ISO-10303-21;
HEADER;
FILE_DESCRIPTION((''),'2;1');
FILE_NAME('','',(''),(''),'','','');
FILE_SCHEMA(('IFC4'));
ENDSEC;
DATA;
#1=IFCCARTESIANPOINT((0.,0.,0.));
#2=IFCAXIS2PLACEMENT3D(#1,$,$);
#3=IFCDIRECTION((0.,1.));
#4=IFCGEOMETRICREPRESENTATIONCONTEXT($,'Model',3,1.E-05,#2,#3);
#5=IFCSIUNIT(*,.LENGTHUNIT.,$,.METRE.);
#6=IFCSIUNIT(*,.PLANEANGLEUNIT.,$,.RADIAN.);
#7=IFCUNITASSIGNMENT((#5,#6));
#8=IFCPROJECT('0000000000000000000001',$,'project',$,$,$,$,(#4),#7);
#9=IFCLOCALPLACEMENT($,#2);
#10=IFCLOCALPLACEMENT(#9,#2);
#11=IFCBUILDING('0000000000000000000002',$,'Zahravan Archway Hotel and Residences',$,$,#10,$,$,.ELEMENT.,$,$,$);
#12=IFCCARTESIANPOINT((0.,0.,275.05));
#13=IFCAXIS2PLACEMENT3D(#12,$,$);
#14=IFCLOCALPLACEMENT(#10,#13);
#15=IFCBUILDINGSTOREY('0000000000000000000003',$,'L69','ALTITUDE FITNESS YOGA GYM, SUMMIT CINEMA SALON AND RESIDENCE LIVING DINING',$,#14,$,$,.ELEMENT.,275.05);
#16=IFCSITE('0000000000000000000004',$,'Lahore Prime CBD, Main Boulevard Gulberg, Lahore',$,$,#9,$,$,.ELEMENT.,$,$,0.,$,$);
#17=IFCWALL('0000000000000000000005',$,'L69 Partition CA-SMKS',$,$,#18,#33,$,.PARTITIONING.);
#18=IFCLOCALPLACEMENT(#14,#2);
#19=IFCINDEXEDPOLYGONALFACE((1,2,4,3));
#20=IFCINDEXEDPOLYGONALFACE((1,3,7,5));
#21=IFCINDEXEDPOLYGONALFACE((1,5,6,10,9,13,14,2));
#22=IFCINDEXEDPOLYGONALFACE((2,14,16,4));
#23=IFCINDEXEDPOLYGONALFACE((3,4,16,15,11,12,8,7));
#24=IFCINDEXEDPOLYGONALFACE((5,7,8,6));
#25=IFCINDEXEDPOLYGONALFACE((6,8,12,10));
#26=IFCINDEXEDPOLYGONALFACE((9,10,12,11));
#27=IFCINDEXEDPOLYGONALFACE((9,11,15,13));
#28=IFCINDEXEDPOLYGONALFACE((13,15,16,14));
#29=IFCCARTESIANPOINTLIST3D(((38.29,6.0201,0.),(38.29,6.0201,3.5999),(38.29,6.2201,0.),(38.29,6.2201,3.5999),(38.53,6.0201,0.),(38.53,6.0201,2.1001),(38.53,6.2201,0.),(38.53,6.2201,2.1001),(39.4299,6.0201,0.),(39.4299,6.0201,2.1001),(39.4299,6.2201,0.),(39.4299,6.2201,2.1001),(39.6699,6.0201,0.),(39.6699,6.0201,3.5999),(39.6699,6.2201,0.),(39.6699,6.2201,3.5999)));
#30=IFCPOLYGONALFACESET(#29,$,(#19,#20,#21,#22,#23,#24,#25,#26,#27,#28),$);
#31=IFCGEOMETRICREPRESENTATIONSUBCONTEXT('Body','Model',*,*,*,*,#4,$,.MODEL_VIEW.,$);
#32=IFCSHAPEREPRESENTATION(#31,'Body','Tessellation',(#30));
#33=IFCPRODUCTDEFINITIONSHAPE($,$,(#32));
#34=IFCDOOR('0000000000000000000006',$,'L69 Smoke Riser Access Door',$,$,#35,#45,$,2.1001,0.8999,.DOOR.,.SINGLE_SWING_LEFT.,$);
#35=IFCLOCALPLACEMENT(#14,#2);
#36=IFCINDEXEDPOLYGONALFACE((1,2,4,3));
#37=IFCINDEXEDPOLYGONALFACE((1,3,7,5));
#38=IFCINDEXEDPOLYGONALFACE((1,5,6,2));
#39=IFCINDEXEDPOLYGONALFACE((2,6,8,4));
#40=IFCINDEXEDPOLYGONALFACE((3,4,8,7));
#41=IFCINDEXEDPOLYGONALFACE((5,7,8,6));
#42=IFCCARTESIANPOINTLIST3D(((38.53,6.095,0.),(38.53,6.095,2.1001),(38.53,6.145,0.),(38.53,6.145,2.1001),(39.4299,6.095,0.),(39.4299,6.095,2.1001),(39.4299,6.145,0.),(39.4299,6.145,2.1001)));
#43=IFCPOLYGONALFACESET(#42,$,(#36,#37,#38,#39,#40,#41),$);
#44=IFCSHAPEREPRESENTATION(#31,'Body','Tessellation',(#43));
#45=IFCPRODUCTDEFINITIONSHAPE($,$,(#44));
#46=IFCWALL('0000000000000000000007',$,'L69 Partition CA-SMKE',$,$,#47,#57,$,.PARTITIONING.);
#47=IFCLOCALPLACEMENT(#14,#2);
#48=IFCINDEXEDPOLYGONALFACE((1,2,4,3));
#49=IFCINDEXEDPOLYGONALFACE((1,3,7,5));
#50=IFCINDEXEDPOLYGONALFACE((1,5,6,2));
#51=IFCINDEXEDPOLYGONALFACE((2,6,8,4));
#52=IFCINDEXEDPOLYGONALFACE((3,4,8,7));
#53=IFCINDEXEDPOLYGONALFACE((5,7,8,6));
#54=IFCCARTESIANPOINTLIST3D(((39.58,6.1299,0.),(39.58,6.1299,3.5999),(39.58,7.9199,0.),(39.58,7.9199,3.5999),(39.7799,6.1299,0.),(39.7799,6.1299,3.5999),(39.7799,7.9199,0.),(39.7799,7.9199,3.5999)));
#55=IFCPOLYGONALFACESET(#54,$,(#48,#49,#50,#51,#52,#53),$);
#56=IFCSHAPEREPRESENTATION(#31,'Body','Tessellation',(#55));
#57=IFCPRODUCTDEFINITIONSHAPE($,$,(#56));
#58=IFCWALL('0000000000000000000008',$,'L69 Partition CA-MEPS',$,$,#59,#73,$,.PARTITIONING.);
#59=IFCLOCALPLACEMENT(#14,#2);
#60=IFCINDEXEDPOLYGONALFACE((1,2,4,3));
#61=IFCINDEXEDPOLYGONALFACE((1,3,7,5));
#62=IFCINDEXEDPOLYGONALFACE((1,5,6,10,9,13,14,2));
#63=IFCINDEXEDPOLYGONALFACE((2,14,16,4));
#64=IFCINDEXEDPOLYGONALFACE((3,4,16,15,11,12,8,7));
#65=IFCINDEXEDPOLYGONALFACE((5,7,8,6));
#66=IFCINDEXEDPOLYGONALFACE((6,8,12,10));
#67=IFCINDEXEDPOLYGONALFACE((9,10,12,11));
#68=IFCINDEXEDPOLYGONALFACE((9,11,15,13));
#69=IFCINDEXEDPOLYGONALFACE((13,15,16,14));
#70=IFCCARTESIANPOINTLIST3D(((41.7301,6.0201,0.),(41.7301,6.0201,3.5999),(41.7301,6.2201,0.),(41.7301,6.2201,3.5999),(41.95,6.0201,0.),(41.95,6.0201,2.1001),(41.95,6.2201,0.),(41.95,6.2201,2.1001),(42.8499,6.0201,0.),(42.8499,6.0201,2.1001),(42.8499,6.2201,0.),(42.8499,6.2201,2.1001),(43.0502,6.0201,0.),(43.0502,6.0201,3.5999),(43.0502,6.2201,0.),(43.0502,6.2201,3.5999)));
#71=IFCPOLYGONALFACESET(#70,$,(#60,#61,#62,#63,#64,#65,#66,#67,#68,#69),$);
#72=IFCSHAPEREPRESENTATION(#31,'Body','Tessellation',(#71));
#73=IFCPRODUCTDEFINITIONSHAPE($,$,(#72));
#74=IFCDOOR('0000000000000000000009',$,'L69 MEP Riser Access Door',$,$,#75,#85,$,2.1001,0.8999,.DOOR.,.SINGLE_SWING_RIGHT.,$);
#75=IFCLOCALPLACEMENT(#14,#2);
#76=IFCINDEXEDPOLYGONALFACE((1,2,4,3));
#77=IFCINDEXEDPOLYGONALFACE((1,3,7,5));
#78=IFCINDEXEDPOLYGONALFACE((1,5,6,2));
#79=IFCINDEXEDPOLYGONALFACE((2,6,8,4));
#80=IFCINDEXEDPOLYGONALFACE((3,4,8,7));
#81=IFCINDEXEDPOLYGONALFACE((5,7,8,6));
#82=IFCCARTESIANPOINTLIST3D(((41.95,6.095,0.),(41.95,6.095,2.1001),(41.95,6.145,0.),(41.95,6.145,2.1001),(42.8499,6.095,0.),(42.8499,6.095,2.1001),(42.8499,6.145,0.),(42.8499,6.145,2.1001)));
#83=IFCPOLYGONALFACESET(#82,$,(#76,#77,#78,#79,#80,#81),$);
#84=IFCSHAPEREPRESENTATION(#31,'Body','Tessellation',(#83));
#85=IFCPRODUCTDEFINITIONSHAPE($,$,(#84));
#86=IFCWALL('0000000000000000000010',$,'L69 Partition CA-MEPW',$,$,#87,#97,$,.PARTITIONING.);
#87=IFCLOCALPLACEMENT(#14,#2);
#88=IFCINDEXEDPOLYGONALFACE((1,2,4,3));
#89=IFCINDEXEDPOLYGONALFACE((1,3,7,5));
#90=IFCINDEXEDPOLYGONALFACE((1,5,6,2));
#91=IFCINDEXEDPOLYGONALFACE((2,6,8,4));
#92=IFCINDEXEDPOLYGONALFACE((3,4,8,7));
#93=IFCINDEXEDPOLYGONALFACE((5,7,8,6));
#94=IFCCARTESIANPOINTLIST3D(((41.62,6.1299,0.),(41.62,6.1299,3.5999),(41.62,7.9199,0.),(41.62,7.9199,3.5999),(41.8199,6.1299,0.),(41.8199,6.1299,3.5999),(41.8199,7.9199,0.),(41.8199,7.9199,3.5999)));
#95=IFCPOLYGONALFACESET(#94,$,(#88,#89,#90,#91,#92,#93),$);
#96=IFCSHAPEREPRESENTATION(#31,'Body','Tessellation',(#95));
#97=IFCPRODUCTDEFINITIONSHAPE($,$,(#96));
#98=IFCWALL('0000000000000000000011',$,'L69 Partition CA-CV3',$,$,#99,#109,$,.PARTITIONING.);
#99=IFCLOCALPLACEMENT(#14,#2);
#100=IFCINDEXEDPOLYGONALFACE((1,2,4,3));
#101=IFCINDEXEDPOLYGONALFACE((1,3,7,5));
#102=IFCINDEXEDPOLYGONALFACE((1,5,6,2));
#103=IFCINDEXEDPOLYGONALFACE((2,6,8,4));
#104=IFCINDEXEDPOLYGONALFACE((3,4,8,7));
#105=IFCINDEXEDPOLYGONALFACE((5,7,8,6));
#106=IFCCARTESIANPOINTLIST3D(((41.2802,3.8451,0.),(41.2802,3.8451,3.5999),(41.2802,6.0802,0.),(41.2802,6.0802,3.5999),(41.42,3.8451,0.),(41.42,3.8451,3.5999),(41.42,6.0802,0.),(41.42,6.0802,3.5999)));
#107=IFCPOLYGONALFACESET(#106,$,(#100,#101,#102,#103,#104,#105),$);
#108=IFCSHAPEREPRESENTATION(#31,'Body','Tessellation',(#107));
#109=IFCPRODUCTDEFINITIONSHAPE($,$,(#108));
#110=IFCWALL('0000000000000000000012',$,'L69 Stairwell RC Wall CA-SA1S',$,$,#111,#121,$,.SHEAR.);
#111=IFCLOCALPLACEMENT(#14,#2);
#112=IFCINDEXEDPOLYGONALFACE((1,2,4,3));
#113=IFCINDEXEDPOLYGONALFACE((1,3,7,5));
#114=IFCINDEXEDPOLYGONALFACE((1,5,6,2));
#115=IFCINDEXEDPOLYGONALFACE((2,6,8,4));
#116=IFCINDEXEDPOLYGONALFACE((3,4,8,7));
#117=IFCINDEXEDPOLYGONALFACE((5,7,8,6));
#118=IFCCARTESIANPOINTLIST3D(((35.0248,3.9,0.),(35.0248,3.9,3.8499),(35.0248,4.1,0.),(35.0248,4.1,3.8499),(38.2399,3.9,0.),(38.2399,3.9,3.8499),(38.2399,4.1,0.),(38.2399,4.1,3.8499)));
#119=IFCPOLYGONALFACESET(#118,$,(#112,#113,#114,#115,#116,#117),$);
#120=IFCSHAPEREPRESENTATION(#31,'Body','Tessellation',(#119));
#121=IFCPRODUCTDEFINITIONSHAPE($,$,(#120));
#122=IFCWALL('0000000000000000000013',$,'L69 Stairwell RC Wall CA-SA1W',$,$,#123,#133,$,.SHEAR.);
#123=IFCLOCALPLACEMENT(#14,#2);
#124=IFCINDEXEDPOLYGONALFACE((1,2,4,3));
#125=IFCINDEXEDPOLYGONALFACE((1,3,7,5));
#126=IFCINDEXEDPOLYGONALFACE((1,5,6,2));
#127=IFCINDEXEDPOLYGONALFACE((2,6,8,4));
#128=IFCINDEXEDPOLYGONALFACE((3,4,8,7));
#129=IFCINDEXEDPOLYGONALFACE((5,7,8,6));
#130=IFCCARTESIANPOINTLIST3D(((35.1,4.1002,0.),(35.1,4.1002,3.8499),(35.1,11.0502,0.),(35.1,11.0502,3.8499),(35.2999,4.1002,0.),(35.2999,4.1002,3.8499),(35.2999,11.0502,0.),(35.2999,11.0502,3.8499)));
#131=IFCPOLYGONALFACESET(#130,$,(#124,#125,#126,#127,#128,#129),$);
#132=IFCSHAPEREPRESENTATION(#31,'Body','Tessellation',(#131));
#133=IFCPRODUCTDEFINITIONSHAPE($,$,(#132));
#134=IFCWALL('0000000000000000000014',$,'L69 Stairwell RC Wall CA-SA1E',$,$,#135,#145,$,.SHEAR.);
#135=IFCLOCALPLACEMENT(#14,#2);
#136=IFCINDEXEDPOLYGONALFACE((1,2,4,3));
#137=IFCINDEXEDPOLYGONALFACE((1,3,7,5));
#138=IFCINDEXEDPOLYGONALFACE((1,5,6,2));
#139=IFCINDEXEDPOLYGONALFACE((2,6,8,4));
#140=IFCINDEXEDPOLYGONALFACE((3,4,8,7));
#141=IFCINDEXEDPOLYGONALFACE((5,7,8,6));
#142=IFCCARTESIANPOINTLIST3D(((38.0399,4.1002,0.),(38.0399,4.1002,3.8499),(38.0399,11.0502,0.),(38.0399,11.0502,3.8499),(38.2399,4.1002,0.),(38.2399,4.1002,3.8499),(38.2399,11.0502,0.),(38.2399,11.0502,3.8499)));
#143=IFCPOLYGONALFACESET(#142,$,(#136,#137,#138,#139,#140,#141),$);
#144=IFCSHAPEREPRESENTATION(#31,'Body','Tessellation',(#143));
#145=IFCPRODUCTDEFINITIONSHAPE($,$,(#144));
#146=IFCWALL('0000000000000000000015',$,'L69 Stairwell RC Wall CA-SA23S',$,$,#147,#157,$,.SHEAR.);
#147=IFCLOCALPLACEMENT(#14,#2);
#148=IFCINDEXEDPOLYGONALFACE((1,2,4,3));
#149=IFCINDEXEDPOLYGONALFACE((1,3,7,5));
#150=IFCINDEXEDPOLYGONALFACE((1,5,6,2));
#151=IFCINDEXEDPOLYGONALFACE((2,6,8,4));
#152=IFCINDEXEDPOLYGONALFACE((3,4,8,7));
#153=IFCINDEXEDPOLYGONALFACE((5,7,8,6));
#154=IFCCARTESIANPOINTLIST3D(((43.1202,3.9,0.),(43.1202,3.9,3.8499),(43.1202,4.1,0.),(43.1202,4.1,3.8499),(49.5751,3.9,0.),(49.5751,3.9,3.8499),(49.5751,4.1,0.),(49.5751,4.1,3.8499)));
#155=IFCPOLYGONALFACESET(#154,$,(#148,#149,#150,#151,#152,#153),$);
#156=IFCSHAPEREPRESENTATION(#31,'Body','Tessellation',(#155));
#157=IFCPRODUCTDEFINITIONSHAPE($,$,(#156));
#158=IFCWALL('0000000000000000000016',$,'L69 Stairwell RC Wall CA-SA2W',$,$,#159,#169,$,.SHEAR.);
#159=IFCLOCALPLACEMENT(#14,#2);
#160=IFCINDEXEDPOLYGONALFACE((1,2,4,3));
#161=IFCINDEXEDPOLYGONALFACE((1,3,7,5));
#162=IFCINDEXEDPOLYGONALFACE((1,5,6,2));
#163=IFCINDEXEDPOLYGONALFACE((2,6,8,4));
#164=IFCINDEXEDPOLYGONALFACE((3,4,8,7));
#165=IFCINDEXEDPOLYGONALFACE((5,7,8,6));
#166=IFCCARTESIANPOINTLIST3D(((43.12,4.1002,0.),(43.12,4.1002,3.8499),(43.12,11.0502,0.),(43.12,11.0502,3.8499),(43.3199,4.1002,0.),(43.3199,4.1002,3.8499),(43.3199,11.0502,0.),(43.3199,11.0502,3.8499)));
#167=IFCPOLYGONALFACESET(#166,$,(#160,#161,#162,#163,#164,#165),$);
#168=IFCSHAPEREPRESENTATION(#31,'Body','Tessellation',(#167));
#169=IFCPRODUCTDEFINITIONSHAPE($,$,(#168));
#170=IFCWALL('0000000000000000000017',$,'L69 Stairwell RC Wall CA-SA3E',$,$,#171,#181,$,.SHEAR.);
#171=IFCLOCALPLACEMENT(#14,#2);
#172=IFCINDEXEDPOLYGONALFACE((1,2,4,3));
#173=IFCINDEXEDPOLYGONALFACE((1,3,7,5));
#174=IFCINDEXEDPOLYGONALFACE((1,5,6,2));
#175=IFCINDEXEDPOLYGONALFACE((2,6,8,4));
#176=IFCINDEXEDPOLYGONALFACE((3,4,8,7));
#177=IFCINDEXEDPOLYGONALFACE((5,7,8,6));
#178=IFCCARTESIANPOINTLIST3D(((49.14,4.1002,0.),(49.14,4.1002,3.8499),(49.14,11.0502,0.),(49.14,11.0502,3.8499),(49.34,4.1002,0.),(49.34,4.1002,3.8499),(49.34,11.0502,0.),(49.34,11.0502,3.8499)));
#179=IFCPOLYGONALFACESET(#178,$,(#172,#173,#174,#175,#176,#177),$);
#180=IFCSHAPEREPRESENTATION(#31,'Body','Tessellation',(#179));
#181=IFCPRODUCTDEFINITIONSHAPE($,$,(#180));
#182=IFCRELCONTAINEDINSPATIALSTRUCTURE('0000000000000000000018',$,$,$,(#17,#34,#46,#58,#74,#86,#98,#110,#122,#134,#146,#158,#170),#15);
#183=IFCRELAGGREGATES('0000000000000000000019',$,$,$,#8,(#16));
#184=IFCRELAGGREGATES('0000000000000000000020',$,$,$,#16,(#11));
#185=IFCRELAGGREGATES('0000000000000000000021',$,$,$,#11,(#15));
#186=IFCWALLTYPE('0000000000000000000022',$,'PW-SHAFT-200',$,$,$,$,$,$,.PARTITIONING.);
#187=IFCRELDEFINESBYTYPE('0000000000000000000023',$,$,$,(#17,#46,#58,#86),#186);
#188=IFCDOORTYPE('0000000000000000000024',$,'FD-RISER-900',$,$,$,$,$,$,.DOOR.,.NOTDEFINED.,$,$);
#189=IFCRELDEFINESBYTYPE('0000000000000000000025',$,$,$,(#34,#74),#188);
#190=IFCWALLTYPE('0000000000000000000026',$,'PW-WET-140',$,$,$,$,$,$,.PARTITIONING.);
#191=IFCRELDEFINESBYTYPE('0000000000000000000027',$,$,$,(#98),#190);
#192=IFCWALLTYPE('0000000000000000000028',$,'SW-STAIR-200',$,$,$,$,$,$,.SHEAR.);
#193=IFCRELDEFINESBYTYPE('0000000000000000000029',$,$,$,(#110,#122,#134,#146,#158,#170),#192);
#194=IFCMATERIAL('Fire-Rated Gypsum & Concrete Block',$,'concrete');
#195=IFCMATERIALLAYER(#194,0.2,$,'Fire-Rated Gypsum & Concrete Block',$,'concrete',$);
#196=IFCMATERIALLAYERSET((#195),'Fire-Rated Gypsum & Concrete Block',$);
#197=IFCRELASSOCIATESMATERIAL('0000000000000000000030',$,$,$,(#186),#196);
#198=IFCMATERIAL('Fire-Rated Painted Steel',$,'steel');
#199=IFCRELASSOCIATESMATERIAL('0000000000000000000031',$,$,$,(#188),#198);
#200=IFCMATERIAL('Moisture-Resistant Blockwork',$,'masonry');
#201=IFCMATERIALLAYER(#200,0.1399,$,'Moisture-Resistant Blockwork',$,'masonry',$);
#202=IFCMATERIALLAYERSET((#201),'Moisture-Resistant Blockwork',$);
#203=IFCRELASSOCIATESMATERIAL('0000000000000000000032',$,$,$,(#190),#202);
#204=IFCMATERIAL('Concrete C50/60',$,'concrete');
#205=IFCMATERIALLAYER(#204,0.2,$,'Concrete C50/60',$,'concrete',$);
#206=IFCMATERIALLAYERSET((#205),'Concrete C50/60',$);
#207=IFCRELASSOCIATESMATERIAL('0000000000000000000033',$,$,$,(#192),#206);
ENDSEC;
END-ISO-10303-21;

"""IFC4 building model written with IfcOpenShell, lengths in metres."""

from ifc_helpers import new_model, si_unit, direction, frame, frame_2d, origin, place, context, subcontext, project, spatial, rectangle, extrude, source, transform, mapped, material, layer, layer_set, type_object, type_shapes, element, fill, save


model = new_model("IFC4")

# Units and contexts
model_context = context("Model", 3, precision=1e-05, world=origin(), true_north=direction((0.0, 1.0)))
body_context = subcontext(model_context, "Body", "Model", "MODEL_VIEW")
ifc_project = project(units=[si_unit("LENGTHUNIT", "METRE"), si_unit("PLANEANGLEUNIT", "RADIAN")], contexts=[model_context])

# Site, building, storey
site_placement = place(None, origin())
site = spatial("IfcSite", under=ifc_project, at=site_placement, Name="Lahore Prime CBD, Main Boulevard Gulberg, Lahore", CompositionType="ELEMENT", RefElevation=0.0)
building_placement = place(site_placement, origin())
building = spatial("IfcBuilding", under=site, at=building_placement, Name="Zahravan Archway Hotel and Residences", CompositionType="ELEMENT")
storey_placement = place(building_placement, frame((0.0, 0.0, 275.05)))
storey = spatial("IfcBuildingStorey", under=building, at=storey_placement, Name="L69", Description="ALTITUDE FITNESS YOGA GYM, SUMMIT CINEMA SALON AND RESIDENCE LIVING DINING", CompositionType="ELEMENT", Elevation=275.05)

# Shared definitions
ifc_material_1 = material(Name="Concrete C50/60", Category="concrete")

# Wall, opening, door
ifc_material_2 = material(Name="Fire-Rated Gypsum & Concrete Block", Category="concrete")
ifc_layer_1 = layer(ifc_material_2, 0.2, Name="Fire-Rated Gypsum & Concrete Block", Category="concrete")
ifc_layer_set_1 = layer_set([ifc_layer_1], Name="Fire-Rated Gypsum & Concrete Block")
wall_type_1 = type_object("IfcWallType", Name="PW-SHAFT-200", PredefinedType="PARTITIONING", material=ifc_layer_set_1)
wall_1_placement = place(storey_placement, frame((38.29, 6.1201, 0.0), z_axis=(0.0, 0.0, 1.0), x_axis=(1.0, 0.0, 0.0)))
wall_1 = element("IfcWall", 1, at=wall_1_placement, inside=storey, type_object=wall_type_1, Name="L69 Partition CA-SMKS", PredefinedType="PARTITIONING", context=body_context, shape_type="SweptSolid", body=[
    extrude(rectangle(XDim=1.3799, YDim=0.2, at=frame_2d((0.6899, 0.0))), origin(), (0.0, 0.0, 1.0), 3.5999),
])
opening_1_placement = place(wall_1_placement, frame((0.24, 0.0, 0.0)))
opening_1 = element("IfcOpeningElement", 2, at=opening_1_placement, cuts=wall_1, PredefinedType="OPENING", context=body_context, shape_type="SweptSolid", body=[
    extrude(rectangle(XDim=0.8999, YDim=2.1001, at=frame_2d((0.45, 1.05))), frame((0.0, 0.1099, 0.0), z_axis=(0.0, -1.0, 0.0), x_axis=(1.0, 0.0, 0.0)), (0.0, 0.0, 1.0), 0.22),
])
ifc_material_3 = material(Name="Fire-Rated Painted Steel", Category="steel")
door_type = type_object("IfcDoorType", Name="FD-RISER-900", OperationType="NOTDEFINED", PredefinedType="DOOR", material=ifc_material_3)
shared_shape_1 = source(origin(), body_context, "Body", "SweptSolid", [
    extrude(rectangle(XDim=0.8999, YDim=2.1001, at=frame_2d((0.45, 1.05))), frame((0.0, 0.0249, 0.0), z_axis=(0.0, -1.0, 0.0), x_axis=(1.0, 0.0, 0.0)), (0.0, 0.0, 1.0), 0.05),
])
type_shapes(door_type, [shared_shape_1])
door_1_placement = place(opening_1_placement, origin())
door_1 = element("IfcDoor", 3, at=door_1_placement, inside=storey, type_object=door_type, Name="L69 Smoke Riser Access Door", OperationType="SINGLE_SWING_LEFT", OverallHeight=2.1001, OverallWidth=0.8999, PredefinedType="DOOR", context=body_context, shape_type="MappedRepresentation", body=[
    mapped(shared_shape_1, transform((0.0, 0.0, 0.0), scale=1.0)),
])
fill(opening_1, door_1)

# Wall
wall_2_placement = place(storey_placement, frame((39.6799, 6.1299, 0.0), z_axis=(0.0, 0.0, 1.0), x_axis=(0.0, 1.0, 0.0)))
element("IfcWall", 4, at=wall_2_placement, inside=storey, type_object=wall_type_1, Name="L69 Partition CA-SMKE", PredefinedType="PARTITIONING", context=body_context, shape_type="SweptSolid", body=[
    extrude(rectangle(XDim=1.79, YDim=0.2, at=frame_2d((0.895, 0.0))), origin(), (0.0, 0.0, 1.0), 3.5999),
])

# Wall, opening, door
wall_3_placement = place(storey_placement, frame((41.73, 6.1201, 0.0), z_axis=(0.0, 0.0, 1.0), x_axis=(1.0, 0.0, 0.0)))
wall_3 = element("IfcWall", 5, at=wall_3_placement, inside=storey, type_object=wall_type_1, Name="L69 Partition CA-MEPS", PredefinedType="PARTITIONING", context=body_context, shape_type="SweptSolid", body=[
    extrude(rectangle(XDim=1.3201, YDim=0.2, at=frame_2d((0.6602, 0.0))), origin(), (0.0, 0.0, 1.0), 3.5999),
])
opening_2_placement = place(wall_3_placement, frame((0.22, 0.0, 0.0)))
opening_2 = element("IfcOpeningElement", 6, at=opening_2_placement, cuts=wall_3, PredefinedType="OPENING", context=body_context, shape_type="SweptSolid", body=[
    extrude(rectangle(XDim=0.8999, YDim=2.1001, at=frame_2d((0.45, 1.05))), frame((0.0, 0.1099, 0.0), z_axis=(0.0, -1.0, 0.0), x_axis=(1.0, 0.0, 0.0)), (0.0, 0.0, 1.0), 0.22),
])
door_2_placement = place(opening_2_placement, origin())
door_2 = element("IfcDoor", 7, at=door_2_placement, inside=storey, type_object=door_type, Name="L69 MEP Riser Access Door", OperationType="SINGLE_SWING_RIGHT", OverallHeight=2.1001, OverallWidth=0.8999, PredefinedType="DOOR", context=body_context, shape_type="MappedRepresentation", body=[
    mapped(shared_shape_1, transform((0.0, 0.0, 0.0), scale=1.0)),
])
fill(opening_2, door_2)

# Walls
wall_4_placement = place(storey_placement, frame((41.72, 6.1299, 0.0), z_axis=(0.0, 0.0, 1.0), x_axis=(0.0, 1.0, 0.0)))
element("IfcWall", 8, at=wall_4_placement, inside=storey, type_object=wall_type_1, Name="L69 Partition CA-MEPW", PredefinedType="PARTITIONING", context=body_context, shape_type="SweptSolid", body=[
    extrude(rectangle(XDim=1.79, YDim=0.2, at=frame_2d((0.895, 0.0))), origin(), (0.0, 0.0, 1.0), 3.5999),
])
ifc_material_4 = material(Name="Moisture-Resistant Blockwork", Category="masonry")
ifc_layer_2 = layer(ifc_material_4, 0.1399, Name="Moisture-Resistant Blockwork", Category="masonry")
ifc_layer_set_2 = layer_set([ifc_layer_2], Name="Moisture-Resistant Blockwork")
wall_type_2 = type_object("IfcWallType", Name="PW-WET-140", PredefinedType="PARTITIONING", material=ifc_layer_set_2)
wall_5_placement = place(storey_placement, frame((41.3501, 3.845, 0.0), z_axis=(0.0, 0.0, 1.0), x_axis=(0.0, 1.0, 0.0)))
element("IfcWall", 9, at=wall_5_placement, inside=storey, type_object=wall_type_2, Name="L69 Partition CA-CV3", PredefinedType="PARTITIONING", context=body_context, shape_type="SweptSolid", body=[
    extrude(rectangle(XDim=2.2351, YDim=0.1399, at=frame_2d((1.1177, 0.0))), origin(), (0.0, 0.0, 1.0), 3.5999),
])
ifc_layer_3 = layer(ifc_material_1, 0.2, Name="Concrete C50/60", Category="concrete")
ifc_layer_set_3 = layer_set([ifc_layer_3], Name="Concrete C50/60")
wall_type_3 = type_object("IfcWallType", Name="SW-STAIR-200", PredefinedType="SHEAR", material=ifc_layer_set_3)
wall_6_placement = place(storey_placement, frame((35.0249, 4.0, 0.0), z_axis=(0.0, 0.0, 1.0), x_axis=(1.0, 0.0, 0.0)))
element("IfcWall", 10, at=wall_6_placement, inside=storey, type_object=wall_type_3, Name="L69 Stairwell RC Wall CA-SA1S", PredefinedType="SHEAR", context=body_context, shape_type="SweptSolid", body=[
    extrude(rectangle(XDim=3.2151, YDim=0.2, at=frame_2d((1.6074, 0.0))), origin(), (0.0, 0.0, 1.0), 3.8499),
])
for number, where, z_axis, x_axis, name in (
    (11, (35.2, 4.1001, 0.0), (0.0, 0.0, 1.0), (0.0, 1.0, 0.0), "L69 Stairwell RC Wall CA-SA1W"),
    (12, (38.1399, 4.1001, 0.0), (0.0, 0.0, 1.0), (0.0, 1.0, 0.0), "L69 Stairwell RC Wall CA-SA1E"),
):
    element("IfcWall", number, at=place(storey_placement, frame(where, z_axis=z_axis, x_axis=x_axis)), inside=storey, type_object=wall_type_3, Name=name, PredefinedType="SHEAR", context=body_context, shape_type="SweptSolid", body=[
        extrude(rectangle(XDim=6.95, YDim=0.2, at=frame_2d((3.4751, 0.0))), origin(), (0.0, 0.0, 1.0), 3.8499),
    ])
wall_7_placement = place(storey_placement, frame((43.1201, 4.0, 0.0), z_axis=(0.0, 0.0, 1.0), x_axis=(1.0, 0.0, 0.0)))
element("IfcWall", 13, at=wall_7_placement, inside=storey, type_object=wall_type_3, Name="L69 Stairwell RC Wall CA-SA23S", PredefinedType="SHEAR", context=body_context, shape_type="SweptSolid", body=[
    extrude(rectangle(XDim=6.4548, YDim=0.2, at=frame_2d((3.2275, 0.0))), origin(), (0.0, 0.0, 1.0), 3.8499),
])
for number, where, z_axis, x_axis, name in (
    (14, (43.22, 4.1001, 0.0), (0.0, 0.0, 1.0), (0.0, 1.0, 0.0), "L69 Stairwell RC Wall CA-SA2W"),
    (15, (49.24, 4.1001, 0.0), (0.0, 0.0, 1.0), (0.0, 1.0, 0.0), "L69 Stairwell RC Wall CA-SA3E"),
):
    element("IfcWall", number, at=place(storey_placement, frame(where, z_axis=z_axis, x_axis=x_axis)), inside=storey, type_object=wall_type_3, Name=name, PredefinedType="SHEAR", context=body_context, shape_type="SweptSolid", body=[
        extrude(rectangle(XDim=6.95, YDim=0.2, at=frame_2d((3.4751, 0.0))), origin(), (0.0, 0.0, 1.0), 3.8499),
    ])

save(model, "model.ifc")
